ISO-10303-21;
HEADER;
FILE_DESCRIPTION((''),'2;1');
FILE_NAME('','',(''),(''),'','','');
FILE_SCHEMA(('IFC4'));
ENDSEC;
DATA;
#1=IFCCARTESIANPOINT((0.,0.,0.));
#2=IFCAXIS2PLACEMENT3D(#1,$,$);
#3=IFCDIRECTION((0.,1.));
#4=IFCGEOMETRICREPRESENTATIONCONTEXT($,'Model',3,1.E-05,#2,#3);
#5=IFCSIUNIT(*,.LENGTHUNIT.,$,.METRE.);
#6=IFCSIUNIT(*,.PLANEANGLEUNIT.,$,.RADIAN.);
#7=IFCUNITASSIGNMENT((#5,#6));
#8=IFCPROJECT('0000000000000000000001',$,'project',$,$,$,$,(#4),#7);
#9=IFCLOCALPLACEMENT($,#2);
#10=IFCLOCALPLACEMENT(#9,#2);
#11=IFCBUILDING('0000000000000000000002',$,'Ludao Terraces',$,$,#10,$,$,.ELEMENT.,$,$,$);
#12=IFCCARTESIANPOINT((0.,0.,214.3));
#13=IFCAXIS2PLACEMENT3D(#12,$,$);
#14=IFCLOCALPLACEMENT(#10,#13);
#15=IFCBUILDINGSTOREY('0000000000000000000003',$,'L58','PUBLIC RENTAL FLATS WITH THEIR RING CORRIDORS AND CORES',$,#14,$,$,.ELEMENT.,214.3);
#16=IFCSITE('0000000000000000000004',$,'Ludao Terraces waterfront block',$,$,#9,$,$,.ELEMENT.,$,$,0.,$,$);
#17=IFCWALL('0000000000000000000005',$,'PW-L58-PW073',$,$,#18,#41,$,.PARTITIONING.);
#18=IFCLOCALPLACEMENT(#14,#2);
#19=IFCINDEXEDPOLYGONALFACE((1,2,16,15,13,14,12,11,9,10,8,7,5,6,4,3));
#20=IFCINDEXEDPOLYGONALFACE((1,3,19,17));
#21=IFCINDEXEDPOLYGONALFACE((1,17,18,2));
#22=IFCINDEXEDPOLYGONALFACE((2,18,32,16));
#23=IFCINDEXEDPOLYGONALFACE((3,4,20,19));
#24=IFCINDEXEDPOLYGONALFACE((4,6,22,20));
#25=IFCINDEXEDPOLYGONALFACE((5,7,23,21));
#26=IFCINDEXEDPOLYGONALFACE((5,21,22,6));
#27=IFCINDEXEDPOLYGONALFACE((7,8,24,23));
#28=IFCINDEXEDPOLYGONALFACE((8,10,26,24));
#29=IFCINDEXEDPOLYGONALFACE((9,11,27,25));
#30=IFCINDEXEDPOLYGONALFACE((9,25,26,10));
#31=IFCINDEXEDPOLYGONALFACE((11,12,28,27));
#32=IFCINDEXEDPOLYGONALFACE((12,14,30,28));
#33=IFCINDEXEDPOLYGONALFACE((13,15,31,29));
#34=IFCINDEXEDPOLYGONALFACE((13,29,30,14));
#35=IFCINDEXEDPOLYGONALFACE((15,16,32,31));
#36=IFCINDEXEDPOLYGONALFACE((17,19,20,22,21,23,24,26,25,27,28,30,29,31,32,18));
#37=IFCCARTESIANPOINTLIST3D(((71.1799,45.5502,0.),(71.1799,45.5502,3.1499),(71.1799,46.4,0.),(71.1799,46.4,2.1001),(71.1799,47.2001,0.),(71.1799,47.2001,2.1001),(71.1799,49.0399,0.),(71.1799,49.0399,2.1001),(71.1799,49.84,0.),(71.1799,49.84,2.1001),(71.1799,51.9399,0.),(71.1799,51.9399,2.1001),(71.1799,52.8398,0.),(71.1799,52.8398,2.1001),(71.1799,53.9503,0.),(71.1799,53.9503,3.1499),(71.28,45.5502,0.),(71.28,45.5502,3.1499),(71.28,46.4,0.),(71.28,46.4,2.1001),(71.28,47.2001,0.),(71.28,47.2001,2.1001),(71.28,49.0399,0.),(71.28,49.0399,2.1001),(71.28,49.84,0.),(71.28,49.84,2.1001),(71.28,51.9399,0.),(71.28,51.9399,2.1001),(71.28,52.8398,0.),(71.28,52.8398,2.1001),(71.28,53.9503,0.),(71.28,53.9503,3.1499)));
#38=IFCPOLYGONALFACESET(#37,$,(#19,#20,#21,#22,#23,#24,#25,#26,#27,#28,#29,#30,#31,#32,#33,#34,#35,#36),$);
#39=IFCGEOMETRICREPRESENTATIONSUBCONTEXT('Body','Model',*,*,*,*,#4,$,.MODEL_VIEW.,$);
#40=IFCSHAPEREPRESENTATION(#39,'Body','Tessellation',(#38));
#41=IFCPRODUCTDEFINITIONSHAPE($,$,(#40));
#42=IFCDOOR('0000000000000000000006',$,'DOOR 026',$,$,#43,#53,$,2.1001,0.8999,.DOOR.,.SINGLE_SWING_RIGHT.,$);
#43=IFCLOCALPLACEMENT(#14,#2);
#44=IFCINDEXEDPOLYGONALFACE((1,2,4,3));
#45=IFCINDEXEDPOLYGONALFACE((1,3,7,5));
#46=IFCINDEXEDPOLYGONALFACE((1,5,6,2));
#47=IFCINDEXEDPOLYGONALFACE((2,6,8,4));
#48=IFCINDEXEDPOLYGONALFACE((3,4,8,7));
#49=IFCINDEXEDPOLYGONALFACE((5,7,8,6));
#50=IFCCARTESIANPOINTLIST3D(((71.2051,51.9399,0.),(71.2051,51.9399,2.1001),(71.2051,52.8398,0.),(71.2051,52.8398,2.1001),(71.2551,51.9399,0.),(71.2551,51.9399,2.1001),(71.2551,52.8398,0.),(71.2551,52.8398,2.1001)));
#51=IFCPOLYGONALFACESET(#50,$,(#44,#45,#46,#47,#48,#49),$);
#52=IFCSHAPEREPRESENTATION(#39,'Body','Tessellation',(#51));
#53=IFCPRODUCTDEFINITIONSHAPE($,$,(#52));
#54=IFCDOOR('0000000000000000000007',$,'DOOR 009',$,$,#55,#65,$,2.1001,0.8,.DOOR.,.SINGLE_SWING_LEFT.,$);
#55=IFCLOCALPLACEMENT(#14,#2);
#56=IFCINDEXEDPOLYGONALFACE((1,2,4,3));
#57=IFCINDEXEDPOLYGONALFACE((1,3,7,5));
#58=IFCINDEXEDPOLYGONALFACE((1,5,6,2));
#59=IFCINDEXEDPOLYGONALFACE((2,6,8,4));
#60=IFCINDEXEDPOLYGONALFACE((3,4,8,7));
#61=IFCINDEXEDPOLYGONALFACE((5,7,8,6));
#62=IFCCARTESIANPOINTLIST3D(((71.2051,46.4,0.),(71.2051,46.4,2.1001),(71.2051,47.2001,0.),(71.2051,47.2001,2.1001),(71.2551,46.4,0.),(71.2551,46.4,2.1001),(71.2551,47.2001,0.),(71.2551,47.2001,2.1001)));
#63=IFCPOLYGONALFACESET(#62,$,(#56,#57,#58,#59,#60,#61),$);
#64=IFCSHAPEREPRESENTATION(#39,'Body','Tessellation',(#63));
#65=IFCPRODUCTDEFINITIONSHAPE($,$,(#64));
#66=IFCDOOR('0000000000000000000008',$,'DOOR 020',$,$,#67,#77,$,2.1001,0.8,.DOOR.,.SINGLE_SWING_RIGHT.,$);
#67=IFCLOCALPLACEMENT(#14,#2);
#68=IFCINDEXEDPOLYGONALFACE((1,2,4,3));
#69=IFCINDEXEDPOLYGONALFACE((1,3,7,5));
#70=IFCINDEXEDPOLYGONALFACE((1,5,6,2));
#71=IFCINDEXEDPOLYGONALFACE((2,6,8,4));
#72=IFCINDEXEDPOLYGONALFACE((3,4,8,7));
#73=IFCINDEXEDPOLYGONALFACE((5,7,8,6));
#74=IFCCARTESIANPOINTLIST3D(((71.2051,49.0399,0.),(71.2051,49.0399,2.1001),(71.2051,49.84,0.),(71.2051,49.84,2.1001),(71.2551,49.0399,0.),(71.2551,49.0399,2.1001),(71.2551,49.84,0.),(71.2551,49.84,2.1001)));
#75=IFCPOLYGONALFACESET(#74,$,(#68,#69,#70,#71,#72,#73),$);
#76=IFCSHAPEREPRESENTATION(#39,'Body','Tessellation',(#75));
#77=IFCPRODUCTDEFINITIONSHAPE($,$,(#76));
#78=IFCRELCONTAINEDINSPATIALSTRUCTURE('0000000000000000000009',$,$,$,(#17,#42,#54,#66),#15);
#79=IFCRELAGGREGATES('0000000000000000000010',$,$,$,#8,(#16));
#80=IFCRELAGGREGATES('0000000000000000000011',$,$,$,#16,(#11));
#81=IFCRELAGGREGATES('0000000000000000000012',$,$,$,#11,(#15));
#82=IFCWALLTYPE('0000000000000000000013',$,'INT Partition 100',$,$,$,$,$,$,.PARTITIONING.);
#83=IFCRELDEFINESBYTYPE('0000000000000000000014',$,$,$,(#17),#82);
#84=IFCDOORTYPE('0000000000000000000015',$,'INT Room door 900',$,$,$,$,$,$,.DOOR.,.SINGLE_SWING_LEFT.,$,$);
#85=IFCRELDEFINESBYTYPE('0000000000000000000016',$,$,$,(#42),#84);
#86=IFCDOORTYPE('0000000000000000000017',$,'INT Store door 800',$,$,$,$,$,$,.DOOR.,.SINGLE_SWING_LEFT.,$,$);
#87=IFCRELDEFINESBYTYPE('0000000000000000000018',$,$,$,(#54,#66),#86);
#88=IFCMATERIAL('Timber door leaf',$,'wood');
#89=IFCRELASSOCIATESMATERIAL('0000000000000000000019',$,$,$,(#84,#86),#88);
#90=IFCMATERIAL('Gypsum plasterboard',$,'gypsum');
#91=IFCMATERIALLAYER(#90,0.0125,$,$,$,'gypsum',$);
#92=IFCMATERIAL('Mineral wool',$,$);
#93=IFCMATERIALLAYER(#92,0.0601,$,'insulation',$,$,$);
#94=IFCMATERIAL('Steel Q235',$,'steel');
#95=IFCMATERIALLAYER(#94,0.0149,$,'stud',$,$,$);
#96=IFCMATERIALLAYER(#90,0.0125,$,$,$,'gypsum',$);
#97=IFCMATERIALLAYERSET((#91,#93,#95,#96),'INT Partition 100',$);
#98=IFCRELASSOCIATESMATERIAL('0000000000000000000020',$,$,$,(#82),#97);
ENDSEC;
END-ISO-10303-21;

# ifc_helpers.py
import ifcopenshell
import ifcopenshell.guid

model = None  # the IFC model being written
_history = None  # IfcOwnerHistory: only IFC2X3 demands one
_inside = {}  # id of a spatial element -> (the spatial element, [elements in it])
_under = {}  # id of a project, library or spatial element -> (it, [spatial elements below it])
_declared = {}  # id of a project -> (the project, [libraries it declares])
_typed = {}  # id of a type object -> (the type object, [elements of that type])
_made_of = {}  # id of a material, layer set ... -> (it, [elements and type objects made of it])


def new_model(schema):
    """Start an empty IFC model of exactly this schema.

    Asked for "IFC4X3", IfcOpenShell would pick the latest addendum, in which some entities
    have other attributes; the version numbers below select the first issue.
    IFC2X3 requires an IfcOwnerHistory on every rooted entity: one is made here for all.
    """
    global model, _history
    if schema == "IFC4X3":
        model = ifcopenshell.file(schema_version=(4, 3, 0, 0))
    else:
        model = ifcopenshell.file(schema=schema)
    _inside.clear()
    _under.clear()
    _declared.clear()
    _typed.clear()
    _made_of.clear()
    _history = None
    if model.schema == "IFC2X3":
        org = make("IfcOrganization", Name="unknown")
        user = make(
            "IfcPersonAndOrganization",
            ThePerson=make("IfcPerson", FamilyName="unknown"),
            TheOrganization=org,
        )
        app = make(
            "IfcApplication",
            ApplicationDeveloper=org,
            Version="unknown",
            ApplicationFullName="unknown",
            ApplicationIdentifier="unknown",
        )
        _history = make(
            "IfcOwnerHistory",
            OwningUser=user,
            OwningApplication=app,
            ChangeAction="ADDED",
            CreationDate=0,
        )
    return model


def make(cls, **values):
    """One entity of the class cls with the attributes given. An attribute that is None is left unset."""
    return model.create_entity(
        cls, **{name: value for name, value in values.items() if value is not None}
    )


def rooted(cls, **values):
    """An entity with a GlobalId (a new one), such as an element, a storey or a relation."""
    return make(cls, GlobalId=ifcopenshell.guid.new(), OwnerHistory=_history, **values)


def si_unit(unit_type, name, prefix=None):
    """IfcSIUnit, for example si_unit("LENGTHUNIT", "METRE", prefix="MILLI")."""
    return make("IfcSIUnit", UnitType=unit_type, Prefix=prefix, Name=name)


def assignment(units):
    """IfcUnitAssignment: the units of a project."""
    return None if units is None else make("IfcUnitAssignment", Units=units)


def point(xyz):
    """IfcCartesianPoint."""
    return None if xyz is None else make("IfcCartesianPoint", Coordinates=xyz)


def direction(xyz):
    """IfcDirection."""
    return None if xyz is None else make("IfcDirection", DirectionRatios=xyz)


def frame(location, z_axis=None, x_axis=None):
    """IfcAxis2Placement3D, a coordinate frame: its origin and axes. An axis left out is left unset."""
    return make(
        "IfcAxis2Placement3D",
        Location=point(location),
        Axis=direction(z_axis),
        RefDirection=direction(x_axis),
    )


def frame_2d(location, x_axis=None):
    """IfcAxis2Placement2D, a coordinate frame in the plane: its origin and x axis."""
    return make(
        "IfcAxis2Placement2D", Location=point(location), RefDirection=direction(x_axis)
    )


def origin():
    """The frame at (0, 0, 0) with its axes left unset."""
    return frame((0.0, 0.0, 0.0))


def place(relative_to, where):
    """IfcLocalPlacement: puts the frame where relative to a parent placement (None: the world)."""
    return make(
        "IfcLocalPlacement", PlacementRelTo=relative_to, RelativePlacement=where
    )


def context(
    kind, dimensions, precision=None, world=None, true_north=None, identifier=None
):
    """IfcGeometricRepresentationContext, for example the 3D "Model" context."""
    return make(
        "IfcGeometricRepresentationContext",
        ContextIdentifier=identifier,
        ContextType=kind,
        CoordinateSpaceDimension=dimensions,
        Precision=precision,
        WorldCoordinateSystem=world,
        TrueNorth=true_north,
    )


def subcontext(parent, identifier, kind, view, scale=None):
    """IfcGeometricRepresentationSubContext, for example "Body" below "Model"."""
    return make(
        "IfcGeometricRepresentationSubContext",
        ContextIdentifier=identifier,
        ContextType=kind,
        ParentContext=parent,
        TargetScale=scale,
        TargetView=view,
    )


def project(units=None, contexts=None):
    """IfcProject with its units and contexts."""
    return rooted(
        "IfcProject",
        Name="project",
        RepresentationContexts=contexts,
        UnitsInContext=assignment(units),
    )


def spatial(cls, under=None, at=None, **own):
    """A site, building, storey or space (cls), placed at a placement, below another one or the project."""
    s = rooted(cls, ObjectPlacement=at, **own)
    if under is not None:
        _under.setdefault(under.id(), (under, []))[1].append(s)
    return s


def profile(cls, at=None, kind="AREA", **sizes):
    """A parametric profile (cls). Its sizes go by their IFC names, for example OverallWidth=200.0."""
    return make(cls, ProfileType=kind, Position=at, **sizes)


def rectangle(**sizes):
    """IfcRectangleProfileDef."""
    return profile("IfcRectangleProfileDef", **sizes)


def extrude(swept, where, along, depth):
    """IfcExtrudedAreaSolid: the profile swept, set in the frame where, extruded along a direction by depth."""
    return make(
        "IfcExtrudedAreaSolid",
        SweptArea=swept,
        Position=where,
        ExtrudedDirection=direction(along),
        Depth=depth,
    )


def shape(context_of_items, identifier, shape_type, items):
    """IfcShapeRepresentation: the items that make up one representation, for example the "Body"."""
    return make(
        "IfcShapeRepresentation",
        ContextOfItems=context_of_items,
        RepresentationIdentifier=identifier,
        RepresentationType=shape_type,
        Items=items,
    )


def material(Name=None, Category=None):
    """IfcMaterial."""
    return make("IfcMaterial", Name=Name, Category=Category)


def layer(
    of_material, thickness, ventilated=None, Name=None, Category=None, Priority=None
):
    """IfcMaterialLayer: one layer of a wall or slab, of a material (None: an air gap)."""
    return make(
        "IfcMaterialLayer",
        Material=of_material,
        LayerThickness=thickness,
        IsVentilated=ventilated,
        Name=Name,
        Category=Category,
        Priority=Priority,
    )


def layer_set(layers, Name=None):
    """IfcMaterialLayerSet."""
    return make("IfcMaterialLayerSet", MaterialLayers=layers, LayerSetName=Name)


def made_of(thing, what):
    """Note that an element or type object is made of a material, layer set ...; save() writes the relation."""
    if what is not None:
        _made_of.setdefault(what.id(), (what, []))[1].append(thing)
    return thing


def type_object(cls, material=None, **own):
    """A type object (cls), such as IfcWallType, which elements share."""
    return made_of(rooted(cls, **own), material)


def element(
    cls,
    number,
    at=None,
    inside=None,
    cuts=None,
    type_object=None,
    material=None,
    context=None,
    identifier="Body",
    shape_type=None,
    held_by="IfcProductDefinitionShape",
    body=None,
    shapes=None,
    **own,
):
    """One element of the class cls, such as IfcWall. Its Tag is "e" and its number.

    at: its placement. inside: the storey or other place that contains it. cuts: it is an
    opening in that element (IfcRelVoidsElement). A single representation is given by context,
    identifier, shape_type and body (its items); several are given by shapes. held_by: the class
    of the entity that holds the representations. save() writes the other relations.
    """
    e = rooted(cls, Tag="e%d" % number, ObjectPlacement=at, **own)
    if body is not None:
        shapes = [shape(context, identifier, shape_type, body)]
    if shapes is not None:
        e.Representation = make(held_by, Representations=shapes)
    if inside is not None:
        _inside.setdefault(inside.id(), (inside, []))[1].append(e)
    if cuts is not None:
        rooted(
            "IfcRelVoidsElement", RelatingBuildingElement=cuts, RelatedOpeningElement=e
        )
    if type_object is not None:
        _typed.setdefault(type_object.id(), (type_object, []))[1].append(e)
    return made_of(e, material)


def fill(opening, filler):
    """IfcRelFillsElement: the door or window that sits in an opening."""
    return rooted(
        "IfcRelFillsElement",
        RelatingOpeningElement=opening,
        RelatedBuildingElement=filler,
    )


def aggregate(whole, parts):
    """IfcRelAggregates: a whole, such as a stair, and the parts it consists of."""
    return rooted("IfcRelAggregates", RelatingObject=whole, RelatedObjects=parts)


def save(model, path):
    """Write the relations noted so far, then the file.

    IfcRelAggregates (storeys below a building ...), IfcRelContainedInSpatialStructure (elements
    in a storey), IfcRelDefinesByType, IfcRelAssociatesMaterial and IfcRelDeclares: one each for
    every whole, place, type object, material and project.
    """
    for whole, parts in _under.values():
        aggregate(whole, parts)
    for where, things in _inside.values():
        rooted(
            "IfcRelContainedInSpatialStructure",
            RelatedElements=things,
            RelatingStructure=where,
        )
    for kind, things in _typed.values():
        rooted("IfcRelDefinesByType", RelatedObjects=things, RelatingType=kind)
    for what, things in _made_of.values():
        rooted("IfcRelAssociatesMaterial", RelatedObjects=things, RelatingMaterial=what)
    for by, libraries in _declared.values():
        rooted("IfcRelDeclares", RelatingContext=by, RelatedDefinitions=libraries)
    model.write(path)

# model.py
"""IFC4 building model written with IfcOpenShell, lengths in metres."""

from ifc_helpers import new_model, si_unit, direction, frame, frame_2d, origin, place, context, subcontext, project, spatial, rectangle, extrude, material, layer, layer_set, type_object, element, fill, save


model = new_model("IFC4")

# Units and contexts
model_context = context("Model", 3, precision=1e-05, world=origin(), true_north=direction((0.0, 1.0)))
body_context = subcontext(model_context, "Body", "Model", "MODEL_VIEW")
ifc_project = project(units=[si_unit("LENGTHUNIT", "METRE"), si_unit("PLANEANGLEUNIT", "RADIAN")], contexts=[model_context])

# Site, building, storey
site_placement = place(None, origin())
site = spatial("IfcSite", under=ifc_project, at=site_placement, Name="Ludao Terraces waterfront block", CompositionType="ELEMENT", RefElevation=0.0)
building_placement = place(site_placement, origin())
building = spatial("IfcBuilding", under=site, at=building_placement, Name="Ludao Terraces", CompositionType="ELEMENT")
storey_placement = place(building_placement, frame((0.0, 0.0, 214.3)))
storey = spatial("IfcBuildingStorey", under=building, at=storey_placement, Name="L58", Description="PUBLIC RENTAL FLATS WITH THEIR RING CORRIDORS AND CORES", CompositionType="ELEMENT", Elevation=214.3)

# Wall, openings, doors
ifc_material_1 = material(Name="Steel Q235", Category="steel")
ifc_material_2 = material(Name="Timber door leaf", Category="wood")
door_type_1 = type_object("IfcDoorType", Name="INT Room door 900", OperationType="SINGLE_SWING_LEFT", PredefinedType="DOOR", material=ifc_material_2)
ifc_material_3 = material(Name="Gypsum plasterboard", Category="gypsum")
ifc_layer_1 = layer(ifc_material_3, 0.0125, Category="gypsum")
ifc_material_4 = material(Name="Mineral wool")
ifc_layer_2 = layer(ifc_material_4, 0.0601, Name="insulation")
ifc_layer_3 = layer(ifc_material_1, 0.0149, Name="stud")
ifc_layer_4 = layer(ifc_material_3, 0.0125, Category="gypsum")
ifc_layer_set_1 = layer_set([ifc_layer_1, ifc_layer_2, ifc_layer_3, ifc_layer_4], Name="INT Partition 100")
wall_type_1 = type_object("IfcWallType", Name="INT Partition 100", PredefinedType="PARTITIONING", material=ifc_layer_set_1)
wall_1_placement = place(storey_placement, frame((71.23, 45.55, 0.0), z_axis=(0.0, 0.0, 1.0), x_axis=(0.0, 1.0, 0.0)))
wall_1 = element("IfcWall", 1, at=wall_1_placement, inside=storey, type_object=wall_type_1, Name="PW-L58-PW073", PredefinedType="PARTITIONING", context=body_context, shape_type="SweptSolid", body=[
    extrude(rectangle(XDim=8.4001, YDim=0.1001, at=frame_2d((4.2002, 0.0))), origin(), (0.0, 0.0, 1.0), 3.1499),
])
opening_1_placement = place(wall_1_placement, frame((0.8501, 0.0, 0.0)))
opening_1 = element("IfcOpeningElement", 2, at=opening_1_placement, cuts=wall_1, PredefinedType="OPENING", context=body_context, shape_type="SweptSolid", body=[
    extrude(rectangle(XDim=0.8, YDim=2.1001, at=frame_2d((0.3999, 1.05))), frame((0.0, 0.0601, 0.0), z_axis=(0.0, -1.0, 0.0), x_axis=(1.0, 0.0, 0.0)), (0.0, 0.0, 1.0), 0.1201),
])
opening_2_placement = place(wall_1_placement, frame((3.49, 0.0, 0.0)))
opening_2 = element("IfcOpeningElement", 3, at=opening_2_placement, cuts=wall_1, PredefinedType="OPENING", context=body_context, shape_type="SweptSolid", body=[
    extrude(rectangle(XDim=0.8, YDim=2.1001, at=frame_2d((0.3999, 1.05))), frame((0.0, 0.0601, 0.0), z_axis=(0.0, -1.0, 0.0), x_axis=(1.0, 0.0, 0.0)), (0.0, 0.0, 1.0), 0.1201),
])
opening_3_placement = place(wall_1_placement, frame((6.3899, 0.0, 0.0)))
opening_3 = element("IfcOpeningElement", 4, at=opening_3_placement, cuts=wall_1, PredefinedType="OPENING", context=body_context, shape_type="SweptSolid", body=[
    extrude(rectangle(XDim=0.8999, YDim=2.1001, at=frame_2d((0.45, 1.05))), frame((0.0, 0.0601, 0.0), z_axis=(0.0, -1.0, 0.0), x_axis=(1.0, 0.0, 0.0)), (0.0, 0.0, 1.0), 0.1201),
])
door_1_placement = place(opening_3_placement, origin())
door_1 = element("IfcDoor", 5, at=door_1_placement, inside=storey, type_object=door_type_1, Name="DOOR 026", OperationType="SINGLE_SWING_RIGHT", OverallHeight=2.1001, OverallWidth=0.8999, PredefinedType="DOOR", context=body_context, shape_type="SweptSolid", body=[
    extrude(rectangle(XDim=0.8999, YDim=2.1001, at=frame_2d((0.45, 1.05))), frame((0.0, 0.0249, 0.0), z_axis=(0.0, -1.0, 0.0), x_axis=(1.0, 0.0, 0.0)), (0.0, 0.0, 1.0), 0.05),
])
fill(opening_3, door_1)
door_type_2 = type_object("IfcDoorType", Name="INT Store door 800", OperationType="SINGLE_SWING_LEFT", PredefinedType="DOOR", material=ifc_material_2)
door_2_placement = place(opening_1_placement, origin())
door_2 = element("IfcDoor", 6, at=door_2_placement, inside=storey, type_object=door_type_2, Name="DOOR 009", OperationType="SINGLE_SWING_LEFT", OverallHeight=2.1001, OverallWidth=0.8, PredefinedType="DOOR", context=body_context, shape_type="SweptSolid", body=[
    extrude(rectangle(XDim=0.8, YDim=2.1001, at=frame_2d((0.3999, 1.05))), frame((0.0, 0.0249, 0.0), z_axis=(0.0, -1.0, 0.0), x_axis=(1.0, 0.0, 0.0)), (0.0, 0.0, 1.0), 0.05),
])
fill(opening_1, door_2)
door_3_placement = place(opening_2_placement, origin())
door_3 = element("IfcDoor", 7, at=door_3_placement, inside=storey, type_object=door_type_2, Name="DOOR 020", OperationType="SINGLE_SWING_RIGHT", OverallHeight=2.1001, OverallWidth=0.8, PredefinedType="DOOR", context=body_context, shape_type="SweptSolid", body=[
    extrude(rectangle(XDim=0.8, YDim=2.1001, at=frame_2d((0.3999, 1.05))), frame((0.0, 0.0249, 0.0), z_axis=(0.0, -1.0, 0.0), x_axis=(1.0, 0.0, 0.0)), (0.0, 0.0, 1.0), 0.05),
])
fill(opening_2, door_3)

save(model, "model.ifc")
